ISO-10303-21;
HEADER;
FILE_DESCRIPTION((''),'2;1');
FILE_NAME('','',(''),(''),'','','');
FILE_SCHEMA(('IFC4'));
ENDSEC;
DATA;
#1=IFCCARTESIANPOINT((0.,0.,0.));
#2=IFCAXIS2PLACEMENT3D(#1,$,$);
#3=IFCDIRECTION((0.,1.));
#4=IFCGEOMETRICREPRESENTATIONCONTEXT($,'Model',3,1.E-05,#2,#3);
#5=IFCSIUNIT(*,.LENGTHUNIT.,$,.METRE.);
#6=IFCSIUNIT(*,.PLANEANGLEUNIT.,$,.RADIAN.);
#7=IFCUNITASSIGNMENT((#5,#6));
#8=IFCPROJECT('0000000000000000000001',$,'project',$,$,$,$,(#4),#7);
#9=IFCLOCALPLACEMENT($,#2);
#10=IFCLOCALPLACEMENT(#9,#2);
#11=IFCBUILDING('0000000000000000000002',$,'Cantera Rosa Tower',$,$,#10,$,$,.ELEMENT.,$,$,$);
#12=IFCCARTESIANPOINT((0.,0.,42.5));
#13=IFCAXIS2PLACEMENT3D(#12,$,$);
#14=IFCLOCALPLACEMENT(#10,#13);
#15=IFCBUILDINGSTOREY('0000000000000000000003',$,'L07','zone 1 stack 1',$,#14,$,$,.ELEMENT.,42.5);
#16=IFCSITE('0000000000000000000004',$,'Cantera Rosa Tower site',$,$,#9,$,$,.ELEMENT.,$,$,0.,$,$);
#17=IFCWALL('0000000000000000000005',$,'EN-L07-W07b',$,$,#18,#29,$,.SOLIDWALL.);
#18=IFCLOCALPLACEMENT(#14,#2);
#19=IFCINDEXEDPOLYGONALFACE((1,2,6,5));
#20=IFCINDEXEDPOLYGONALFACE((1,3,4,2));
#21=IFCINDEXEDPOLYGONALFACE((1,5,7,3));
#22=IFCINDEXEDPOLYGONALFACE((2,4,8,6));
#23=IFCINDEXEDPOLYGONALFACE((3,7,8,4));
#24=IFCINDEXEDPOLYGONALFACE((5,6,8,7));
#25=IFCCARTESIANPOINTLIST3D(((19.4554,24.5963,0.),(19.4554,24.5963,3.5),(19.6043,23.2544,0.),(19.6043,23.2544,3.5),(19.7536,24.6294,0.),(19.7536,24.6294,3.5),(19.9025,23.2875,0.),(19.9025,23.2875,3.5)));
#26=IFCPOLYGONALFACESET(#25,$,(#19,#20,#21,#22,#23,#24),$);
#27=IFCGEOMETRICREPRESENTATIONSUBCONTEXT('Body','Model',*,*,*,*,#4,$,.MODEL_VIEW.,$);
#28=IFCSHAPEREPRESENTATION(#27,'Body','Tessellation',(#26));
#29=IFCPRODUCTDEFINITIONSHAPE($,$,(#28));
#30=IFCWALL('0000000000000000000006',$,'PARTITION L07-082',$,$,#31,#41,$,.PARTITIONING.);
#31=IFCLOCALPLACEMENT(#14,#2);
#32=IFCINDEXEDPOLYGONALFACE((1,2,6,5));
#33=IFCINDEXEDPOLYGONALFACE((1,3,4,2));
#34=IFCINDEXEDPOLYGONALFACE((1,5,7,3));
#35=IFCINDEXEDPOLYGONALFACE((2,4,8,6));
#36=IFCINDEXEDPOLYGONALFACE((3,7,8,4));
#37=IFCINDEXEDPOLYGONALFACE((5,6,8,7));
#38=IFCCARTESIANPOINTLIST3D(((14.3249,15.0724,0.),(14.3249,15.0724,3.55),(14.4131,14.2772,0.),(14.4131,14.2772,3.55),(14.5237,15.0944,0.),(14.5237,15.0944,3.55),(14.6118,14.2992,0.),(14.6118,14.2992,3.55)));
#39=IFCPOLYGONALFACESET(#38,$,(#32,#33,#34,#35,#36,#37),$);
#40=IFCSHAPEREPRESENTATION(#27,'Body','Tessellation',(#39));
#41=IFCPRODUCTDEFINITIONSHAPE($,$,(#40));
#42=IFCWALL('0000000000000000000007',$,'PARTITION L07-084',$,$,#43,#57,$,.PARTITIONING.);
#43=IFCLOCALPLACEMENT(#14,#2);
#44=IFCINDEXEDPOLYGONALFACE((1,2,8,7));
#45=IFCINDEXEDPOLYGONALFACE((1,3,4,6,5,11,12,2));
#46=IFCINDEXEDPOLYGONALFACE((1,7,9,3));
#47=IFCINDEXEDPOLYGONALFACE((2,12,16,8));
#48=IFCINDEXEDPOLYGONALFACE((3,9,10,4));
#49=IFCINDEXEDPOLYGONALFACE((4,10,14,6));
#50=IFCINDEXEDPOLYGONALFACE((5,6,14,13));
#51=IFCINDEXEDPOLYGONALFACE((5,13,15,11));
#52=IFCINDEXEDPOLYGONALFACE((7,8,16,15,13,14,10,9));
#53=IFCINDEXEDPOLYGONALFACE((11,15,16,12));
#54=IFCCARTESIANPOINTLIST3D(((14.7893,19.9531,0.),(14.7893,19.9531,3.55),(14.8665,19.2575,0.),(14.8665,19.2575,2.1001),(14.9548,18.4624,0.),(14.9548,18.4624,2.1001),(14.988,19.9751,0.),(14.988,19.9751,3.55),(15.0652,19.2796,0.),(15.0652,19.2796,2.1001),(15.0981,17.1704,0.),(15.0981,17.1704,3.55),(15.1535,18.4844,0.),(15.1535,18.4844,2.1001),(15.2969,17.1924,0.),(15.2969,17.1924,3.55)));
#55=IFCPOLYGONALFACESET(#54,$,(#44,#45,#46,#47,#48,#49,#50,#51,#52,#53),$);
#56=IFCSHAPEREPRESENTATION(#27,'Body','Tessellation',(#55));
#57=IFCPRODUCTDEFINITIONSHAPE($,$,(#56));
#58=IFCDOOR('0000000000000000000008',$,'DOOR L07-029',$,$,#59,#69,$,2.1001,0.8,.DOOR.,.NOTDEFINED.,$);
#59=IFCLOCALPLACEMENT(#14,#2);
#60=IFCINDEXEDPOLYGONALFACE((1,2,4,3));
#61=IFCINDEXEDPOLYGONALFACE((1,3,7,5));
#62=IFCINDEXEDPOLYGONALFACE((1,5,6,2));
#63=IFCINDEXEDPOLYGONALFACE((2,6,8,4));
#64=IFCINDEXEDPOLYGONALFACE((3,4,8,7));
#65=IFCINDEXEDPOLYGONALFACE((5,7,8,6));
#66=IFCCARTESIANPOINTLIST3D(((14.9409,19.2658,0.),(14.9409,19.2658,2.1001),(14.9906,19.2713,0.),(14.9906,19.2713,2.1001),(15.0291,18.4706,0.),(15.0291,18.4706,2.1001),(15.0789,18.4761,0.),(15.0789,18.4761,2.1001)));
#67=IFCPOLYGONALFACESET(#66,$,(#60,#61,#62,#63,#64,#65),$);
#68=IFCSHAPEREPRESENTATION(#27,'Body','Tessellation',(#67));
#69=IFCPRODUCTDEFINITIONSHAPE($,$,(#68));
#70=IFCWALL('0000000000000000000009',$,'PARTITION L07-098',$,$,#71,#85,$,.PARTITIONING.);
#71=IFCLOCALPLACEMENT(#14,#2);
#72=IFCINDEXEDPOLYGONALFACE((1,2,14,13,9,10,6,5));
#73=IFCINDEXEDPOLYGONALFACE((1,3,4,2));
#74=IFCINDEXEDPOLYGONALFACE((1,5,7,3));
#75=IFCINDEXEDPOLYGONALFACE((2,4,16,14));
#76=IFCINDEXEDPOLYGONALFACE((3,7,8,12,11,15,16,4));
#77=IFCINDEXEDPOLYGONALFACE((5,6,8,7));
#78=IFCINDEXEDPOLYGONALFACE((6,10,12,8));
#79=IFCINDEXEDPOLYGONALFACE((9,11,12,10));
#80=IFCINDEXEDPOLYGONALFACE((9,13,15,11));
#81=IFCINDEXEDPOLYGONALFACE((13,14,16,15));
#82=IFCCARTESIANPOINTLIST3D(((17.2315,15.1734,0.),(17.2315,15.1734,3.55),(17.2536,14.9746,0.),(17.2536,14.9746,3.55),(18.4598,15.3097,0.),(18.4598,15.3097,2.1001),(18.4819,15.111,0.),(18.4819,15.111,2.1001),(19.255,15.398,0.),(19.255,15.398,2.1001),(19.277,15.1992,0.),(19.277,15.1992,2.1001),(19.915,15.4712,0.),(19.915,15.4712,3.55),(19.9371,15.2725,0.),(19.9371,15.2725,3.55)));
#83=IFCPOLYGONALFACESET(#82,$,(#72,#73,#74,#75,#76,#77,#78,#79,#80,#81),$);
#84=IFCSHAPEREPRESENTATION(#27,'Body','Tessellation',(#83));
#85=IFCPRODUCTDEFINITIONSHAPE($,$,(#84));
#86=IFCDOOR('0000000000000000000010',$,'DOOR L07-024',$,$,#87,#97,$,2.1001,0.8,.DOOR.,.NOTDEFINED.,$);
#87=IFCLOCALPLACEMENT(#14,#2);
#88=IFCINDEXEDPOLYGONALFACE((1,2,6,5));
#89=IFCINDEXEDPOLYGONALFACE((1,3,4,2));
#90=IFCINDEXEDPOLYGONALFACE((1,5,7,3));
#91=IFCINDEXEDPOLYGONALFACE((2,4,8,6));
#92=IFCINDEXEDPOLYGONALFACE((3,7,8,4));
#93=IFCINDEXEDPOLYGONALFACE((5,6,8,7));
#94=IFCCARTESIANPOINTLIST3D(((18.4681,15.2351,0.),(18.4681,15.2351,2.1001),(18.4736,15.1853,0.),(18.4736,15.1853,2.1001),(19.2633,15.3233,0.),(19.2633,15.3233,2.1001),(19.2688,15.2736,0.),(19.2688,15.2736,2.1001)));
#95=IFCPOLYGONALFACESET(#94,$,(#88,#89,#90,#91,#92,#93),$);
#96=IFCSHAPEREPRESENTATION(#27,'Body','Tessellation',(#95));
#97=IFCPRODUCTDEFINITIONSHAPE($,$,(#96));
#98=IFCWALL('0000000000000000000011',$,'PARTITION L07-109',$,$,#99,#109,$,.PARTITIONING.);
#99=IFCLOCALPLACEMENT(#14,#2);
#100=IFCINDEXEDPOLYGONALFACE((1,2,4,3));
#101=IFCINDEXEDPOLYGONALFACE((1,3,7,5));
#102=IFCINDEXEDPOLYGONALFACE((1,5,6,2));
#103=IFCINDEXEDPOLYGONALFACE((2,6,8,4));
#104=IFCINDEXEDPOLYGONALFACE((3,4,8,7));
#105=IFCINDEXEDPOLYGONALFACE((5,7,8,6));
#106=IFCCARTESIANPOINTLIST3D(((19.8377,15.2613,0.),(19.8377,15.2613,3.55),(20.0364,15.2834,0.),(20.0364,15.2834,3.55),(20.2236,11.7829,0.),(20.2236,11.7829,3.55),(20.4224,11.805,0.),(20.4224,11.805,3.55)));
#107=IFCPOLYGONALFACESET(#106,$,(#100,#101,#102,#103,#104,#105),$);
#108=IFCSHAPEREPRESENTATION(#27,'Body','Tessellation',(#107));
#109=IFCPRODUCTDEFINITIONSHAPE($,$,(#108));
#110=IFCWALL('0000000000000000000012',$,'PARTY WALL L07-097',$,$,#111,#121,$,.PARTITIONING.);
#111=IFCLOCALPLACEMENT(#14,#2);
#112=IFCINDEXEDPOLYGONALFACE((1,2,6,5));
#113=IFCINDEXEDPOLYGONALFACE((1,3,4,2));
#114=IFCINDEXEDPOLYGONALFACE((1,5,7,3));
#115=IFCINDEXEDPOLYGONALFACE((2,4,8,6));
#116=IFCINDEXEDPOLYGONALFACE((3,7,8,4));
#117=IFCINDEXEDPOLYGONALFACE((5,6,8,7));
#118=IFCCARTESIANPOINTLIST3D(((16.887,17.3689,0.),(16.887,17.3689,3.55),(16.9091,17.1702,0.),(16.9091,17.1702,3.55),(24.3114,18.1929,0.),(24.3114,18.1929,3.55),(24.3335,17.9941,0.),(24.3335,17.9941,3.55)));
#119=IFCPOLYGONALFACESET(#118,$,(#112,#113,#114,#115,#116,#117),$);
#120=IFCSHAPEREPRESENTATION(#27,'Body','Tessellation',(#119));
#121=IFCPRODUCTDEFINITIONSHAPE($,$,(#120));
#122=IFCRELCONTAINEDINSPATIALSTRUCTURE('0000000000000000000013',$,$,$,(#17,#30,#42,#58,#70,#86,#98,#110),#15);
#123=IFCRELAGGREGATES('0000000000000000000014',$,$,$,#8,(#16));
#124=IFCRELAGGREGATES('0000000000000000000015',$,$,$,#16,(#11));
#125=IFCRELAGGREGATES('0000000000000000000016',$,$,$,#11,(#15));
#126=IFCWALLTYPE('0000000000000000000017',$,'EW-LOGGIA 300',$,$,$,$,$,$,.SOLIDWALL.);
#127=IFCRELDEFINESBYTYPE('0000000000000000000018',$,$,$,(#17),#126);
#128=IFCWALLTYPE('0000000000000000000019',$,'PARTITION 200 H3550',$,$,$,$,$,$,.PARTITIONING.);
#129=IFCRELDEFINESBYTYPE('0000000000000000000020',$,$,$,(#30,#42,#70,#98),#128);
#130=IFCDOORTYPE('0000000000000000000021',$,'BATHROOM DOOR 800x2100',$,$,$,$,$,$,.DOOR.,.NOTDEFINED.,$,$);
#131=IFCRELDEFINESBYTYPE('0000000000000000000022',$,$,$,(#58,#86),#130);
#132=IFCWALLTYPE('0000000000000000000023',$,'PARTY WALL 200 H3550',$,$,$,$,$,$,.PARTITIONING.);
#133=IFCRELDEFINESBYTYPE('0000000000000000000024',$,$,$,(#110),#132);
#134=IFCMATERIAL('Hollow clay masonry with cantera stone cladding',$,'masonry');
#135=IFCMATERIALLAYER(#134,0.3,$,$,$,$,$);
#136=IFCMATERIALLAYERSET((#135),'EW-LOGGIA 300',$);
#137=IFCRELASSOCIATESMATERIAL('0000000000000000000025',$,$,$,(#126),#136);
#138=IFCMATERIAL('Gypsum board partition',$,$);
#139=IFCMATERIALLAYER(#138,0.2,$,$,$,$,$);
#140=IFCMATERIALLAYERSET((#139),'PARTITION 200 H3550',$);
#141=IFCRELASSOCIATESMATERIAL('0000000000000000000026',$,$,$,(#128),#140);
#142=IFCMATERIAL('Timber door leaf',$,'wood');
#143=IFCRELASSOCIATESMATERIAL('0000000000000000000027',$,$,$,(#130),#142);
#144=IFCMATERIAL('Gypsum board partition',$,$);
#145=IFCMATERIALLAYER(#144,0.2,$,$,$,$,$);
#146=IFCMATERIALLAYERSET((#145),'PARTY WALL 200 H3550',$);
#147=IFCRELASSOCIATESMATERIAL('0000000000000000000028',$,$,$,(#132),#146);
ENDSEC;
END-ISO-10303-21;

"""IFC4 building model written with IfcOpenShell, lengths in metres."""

from ifc_helpers import new_model, si_unit, direction, frame, frame_2d, origin, place, context, subcontext, project, spatial, rectangle, extrude, material, layer, layer_set, type_object, element, fill, save


model = new_model("IFC4")

# Units and contexts
model_context = context("Model", 3, precision=1e-05, world=origin(), true_north=direction((0.0, 1.0)))
body_context = subcontext(model_context, "Body", "Model", "MODEL_VIEW")
ifc_project = project(units=[si_unit("LENGTHUNIT", "METRE"), si_unit("PLANEANGLEUNIT", "RADIAN")], contexts=[model_context])

# Site, building, storey
site_placement = place(None, origin())
site = spatial("IfcSite", under=ifc_project, at=site_placement, Name="Cantera Rosa Tower site", CompositionType="ELEMENT", RefElevation=0.0)
building_placement = place(site_placement, origin())
building = spatial("IfcBuilding", under=site, at=building_placement, Name="Cantera Rosa Tower", CompositionType="ELEMENT")
storey_placement = place(building_placement, frame((0.0, 0.0, 42.5)))
storey = spatial("IfcBuildingStorey", under=building, at=storey_placement, Name="L07", Description="zone 1 stack 1", CompositionType="ELEMENT", Elevation=42.5)

# Wall
ifc_material_1 = material(Name="Hollow clay masonry with cantera stone cladding", Category="masonry")
ifc_layer_1 = layer(ifc_material_1, 0.3)
ifc_layer_set_1 = layer_set([ifc_layer_1], Name="EW-LOGGIA 300")
wall_type_1 = type_object("IfcWallType", Name="EW-LOGGIA 300", PredefinedType="SOLIDWALL", material=ifc_layer_set_1)
wall_1_placement = place(storey_placement, frame((19.7534, 23.271, 0.0), z_axis=(0.0, 0.0, 1.0), x_axis=(-0.110312, 0.993897, 0.0)))
element("IfcWall", 1, at=wall_1_placement, inside=storey, type_object=wall_type_1, Name="EN-L07-W07b", PredefinedType="SOLIDWALL", context=body_context, shape_type="SweptSolid", body=[
    extrude(rectangle(XDim=1.3501, YDim=0.3, at=frame_2d((0.675, 0.0))), origin(), (0.0, 0.0, 1.0), 3.5),
])

# Wall
ifc_material_2 = material(Name="Gypsum board partition")
ifc_layer_2 = layer(ifc_material_2, 0.2)
ifc_layer_set_2 = layer_set([ifc_layer_2], Name="PARTITION 200 H3550")
wall_type_2 = type_object("IfcWallType", Name="PARTITION 200 H3550", PredefinedType="PARTITIONING", material=ifc_layer_set_2)
wall_2_placement = place(storey_placement, frame((14.4243, 15.0833, 0.0), z_axis=(0.0, 0.0, 1.0), x_axis=(0.110164, -0.993913, 0.0)))
element("IfcWall", 2, at=wall_2_placement, inside=storey, type_object=wall_type_2, Name="PARTITION L07-082", PredefinedType="PARTITIONING", context=body_context, shape_type="SweptSolid", body=[
    extrude(rectangle(XDim=0.8, YDim=0.2, at=frame_2d((0.3999, 0.0))), origin(), (0.0, 0.0, 1.0), 3.55),
])

# Walls, openings, doors
wall_3_placement = place(storey_placement, frame((14.8887, 19.9641, 0.0), z_axis=(0.0, 0.0, 1.0), x_axis=(0.110307, -0.993898, 0.0)))
wall_3 = element("IfcWall", 3, at=wall_3_placement, inside=storey, type_object=wall_type_2, Name="PARTITION L07-084", PredefinedType="PARTITIONING", context=body_context, shape_type="SweptSolid", body=[
    extrude(rectangle(XDim=2.7998, YDim=0.2, at=frame_2d((1.3999, 0.0))), origin(), (0.0, 0.0, 1.0), 3.55),
])
opening_1_placement = place(wall_3_placement, frame((0.7, 0.0, 0.0)))
opening_1 = element("IfcOpeningElement", 4, at=opening_1_placement, cuts=wall_3, PredefinedType="OPENING", context=body_context, shape_type="SweptSolid", body=[
    extrude(rectangle(XDim=0.8, YDim=2.1001, at=frame_2d((0.3999, 1.05))), frame((0.0, 0.1099, 0.0), z_axis=(0.0, -1.0, 0.0), x_axis=(1.0, 0.0, 0.0)), (0.0, 0.0, 1.0), 0.22),
])
ifc_material_3 = material(Name="Timber door leaf", Category="wood")
door_type_1 = type_object("IfcDoorType", Name="BATHROOM DOOR 800x2100", OperationType="NOTDEFINED", PredefinedType="DOOR", material=ifc_material_3)
door_1_placement = place(opening_1_placement, origin())
door_1 = element("IfcDoor", 5, at=door_1_placement, inside=storey, type_object=door_type_1, Name="DOOR L07-029", OperationType="NOTDEFINED", OverallHeight=2.1001, OverallWidth=0.8, PredefinedType="DOOR", context=body_context, shape_type="SweptSolid", body=[
    extrude(rectangle(XDim=0.8, YDim=2.1001, at=frame_2d((0.3999, 1.05))), frame((0.0, 0.0249, 0.0), z_axis=(0.0, -1.0, 0.0), x_axis=(1.0, 0.0, 0.0)), (0.0, 0.0, 1.0), 0.05),
])
fill(opening_1, door_1)
wall_4_placement = place(storey_placement, frame((17.2424, 15.074, 0.0), z_axis=(0.0, 0.0, 1.0), x_axis=(0.993896, 0.110322, 0.0)))
wall_4 = element("IfcWall", 6, at=wall_4_placement, inside=storey, type_object=wall_type_2, Name="PARTITION L07-098", PredefinedType="PARTITIONING", context=body_context, shape_type="SweptSolid", body=[
    extrude(rectangle(XDim=2.7, YDim=0.2, at=frame_2d((1.3501, 0.0))), origin(), (0.0, 0.0, 1.0), 3.55),
])
opening_2_placement = place(wall_4_placement, frame((1.2361, 0.0, 0.0)))
opening_2 = element("IfcOpeningElement", 7, at=opening_2_placement, cuts=wall_4, PredefinedType="OPENING", context=body_context, shape_type="SweptSolid", body=[
    extrude(rectangle(XDim=0.8, YDim=2.1001, at=frame_2d((0.3999, 1.05))), frame((0.0, 0.1099, 0.0), z_axis=(0.0, -1.0, 0.0), x_axis=(1.0, 0.0, 0.0)), (0.0, 0.0, 1.0), 0.22),
])
door_2_placement = place(opening_2_placement, origin())
door_2 = element("IfcDoor", 8, at=door_2_placement, inside=storey, type_object=door_type_1, Name="DOOR L07-024", OperationType="NOTDEFINED", OverallHeight=2.1001, OverallWidth=0.8, PredefinedType="DOOR", context=body_context, shape_type="SweptSolid", body=[
    extrude(rectangle(XDim=0.8, YDim=2.1001, at=frame_2d((0.3999, 1.05))), frame((0.0, 0.0249, 0.0), z_axis=(0.0, -1.0, 0.0), x_axis=(1.0, 0.0, 0.0)), (0.0, 0.0, 1.0), 0.05),
])
fill(opening_2, door_2)

# Walls
wall_5_placement = place(storey_placement, frame((19.937, 15.2725, 0.0), z_axis=(0.0, 0.0, 1.0), x_axis=(0.110286, -0.9939, 0.0)))
element("IfcWall", 9, at=wall_5_placement, inside=storey, type_object=wall_type_2, Name="PARTITION L07-109", PredefinedType="PARTITIONING", context=body_context, shape_type="SweptSolid", body=[
    extrude(rectangle(XDim=3.4998, YDim=0.2, at=frame_2d((1.75, 0.0))), origin(), (0.0, 0.0, 1.0), 3.55),
])
ifc_material_4 = material(Name="Gypsum board partition")
ifc_layer_3 = layer(ifc_material_4, 0.2)
ifc_layer_set_3 = layer_set([ifc_layer_3], Name="PARTY WALL 200 H3550")
wall_type_3 = type_object("IfcWallType", Name="PARTY WALL 200 H3550", PredefinedType="PARTITIONING", material=ifc_layer_set_3)
wall_6_placement = place(storey_placement, frame((16.8982, 17.2695, 0.0), z_axis=(0.0, 0.0, 1.0), x_axis=(0.993898, 0.110306, 0.0)))
element("IfcWall", 10, at=wall_6_placement, inside=storey, type_object=wall_type_3, Name="PARTY WALL L07-097", PredefinedType="PARTITIONING", context=body_context, shape_type="SweptSolid", body=[
    extrude(rectangle(XDim=7.47, YDim=0.2, at=frame_2d((3.7349, 0.0))), origin(), (0.0, 0.0, 1.0), 3.55),
])

save(model, "model.ifc")
